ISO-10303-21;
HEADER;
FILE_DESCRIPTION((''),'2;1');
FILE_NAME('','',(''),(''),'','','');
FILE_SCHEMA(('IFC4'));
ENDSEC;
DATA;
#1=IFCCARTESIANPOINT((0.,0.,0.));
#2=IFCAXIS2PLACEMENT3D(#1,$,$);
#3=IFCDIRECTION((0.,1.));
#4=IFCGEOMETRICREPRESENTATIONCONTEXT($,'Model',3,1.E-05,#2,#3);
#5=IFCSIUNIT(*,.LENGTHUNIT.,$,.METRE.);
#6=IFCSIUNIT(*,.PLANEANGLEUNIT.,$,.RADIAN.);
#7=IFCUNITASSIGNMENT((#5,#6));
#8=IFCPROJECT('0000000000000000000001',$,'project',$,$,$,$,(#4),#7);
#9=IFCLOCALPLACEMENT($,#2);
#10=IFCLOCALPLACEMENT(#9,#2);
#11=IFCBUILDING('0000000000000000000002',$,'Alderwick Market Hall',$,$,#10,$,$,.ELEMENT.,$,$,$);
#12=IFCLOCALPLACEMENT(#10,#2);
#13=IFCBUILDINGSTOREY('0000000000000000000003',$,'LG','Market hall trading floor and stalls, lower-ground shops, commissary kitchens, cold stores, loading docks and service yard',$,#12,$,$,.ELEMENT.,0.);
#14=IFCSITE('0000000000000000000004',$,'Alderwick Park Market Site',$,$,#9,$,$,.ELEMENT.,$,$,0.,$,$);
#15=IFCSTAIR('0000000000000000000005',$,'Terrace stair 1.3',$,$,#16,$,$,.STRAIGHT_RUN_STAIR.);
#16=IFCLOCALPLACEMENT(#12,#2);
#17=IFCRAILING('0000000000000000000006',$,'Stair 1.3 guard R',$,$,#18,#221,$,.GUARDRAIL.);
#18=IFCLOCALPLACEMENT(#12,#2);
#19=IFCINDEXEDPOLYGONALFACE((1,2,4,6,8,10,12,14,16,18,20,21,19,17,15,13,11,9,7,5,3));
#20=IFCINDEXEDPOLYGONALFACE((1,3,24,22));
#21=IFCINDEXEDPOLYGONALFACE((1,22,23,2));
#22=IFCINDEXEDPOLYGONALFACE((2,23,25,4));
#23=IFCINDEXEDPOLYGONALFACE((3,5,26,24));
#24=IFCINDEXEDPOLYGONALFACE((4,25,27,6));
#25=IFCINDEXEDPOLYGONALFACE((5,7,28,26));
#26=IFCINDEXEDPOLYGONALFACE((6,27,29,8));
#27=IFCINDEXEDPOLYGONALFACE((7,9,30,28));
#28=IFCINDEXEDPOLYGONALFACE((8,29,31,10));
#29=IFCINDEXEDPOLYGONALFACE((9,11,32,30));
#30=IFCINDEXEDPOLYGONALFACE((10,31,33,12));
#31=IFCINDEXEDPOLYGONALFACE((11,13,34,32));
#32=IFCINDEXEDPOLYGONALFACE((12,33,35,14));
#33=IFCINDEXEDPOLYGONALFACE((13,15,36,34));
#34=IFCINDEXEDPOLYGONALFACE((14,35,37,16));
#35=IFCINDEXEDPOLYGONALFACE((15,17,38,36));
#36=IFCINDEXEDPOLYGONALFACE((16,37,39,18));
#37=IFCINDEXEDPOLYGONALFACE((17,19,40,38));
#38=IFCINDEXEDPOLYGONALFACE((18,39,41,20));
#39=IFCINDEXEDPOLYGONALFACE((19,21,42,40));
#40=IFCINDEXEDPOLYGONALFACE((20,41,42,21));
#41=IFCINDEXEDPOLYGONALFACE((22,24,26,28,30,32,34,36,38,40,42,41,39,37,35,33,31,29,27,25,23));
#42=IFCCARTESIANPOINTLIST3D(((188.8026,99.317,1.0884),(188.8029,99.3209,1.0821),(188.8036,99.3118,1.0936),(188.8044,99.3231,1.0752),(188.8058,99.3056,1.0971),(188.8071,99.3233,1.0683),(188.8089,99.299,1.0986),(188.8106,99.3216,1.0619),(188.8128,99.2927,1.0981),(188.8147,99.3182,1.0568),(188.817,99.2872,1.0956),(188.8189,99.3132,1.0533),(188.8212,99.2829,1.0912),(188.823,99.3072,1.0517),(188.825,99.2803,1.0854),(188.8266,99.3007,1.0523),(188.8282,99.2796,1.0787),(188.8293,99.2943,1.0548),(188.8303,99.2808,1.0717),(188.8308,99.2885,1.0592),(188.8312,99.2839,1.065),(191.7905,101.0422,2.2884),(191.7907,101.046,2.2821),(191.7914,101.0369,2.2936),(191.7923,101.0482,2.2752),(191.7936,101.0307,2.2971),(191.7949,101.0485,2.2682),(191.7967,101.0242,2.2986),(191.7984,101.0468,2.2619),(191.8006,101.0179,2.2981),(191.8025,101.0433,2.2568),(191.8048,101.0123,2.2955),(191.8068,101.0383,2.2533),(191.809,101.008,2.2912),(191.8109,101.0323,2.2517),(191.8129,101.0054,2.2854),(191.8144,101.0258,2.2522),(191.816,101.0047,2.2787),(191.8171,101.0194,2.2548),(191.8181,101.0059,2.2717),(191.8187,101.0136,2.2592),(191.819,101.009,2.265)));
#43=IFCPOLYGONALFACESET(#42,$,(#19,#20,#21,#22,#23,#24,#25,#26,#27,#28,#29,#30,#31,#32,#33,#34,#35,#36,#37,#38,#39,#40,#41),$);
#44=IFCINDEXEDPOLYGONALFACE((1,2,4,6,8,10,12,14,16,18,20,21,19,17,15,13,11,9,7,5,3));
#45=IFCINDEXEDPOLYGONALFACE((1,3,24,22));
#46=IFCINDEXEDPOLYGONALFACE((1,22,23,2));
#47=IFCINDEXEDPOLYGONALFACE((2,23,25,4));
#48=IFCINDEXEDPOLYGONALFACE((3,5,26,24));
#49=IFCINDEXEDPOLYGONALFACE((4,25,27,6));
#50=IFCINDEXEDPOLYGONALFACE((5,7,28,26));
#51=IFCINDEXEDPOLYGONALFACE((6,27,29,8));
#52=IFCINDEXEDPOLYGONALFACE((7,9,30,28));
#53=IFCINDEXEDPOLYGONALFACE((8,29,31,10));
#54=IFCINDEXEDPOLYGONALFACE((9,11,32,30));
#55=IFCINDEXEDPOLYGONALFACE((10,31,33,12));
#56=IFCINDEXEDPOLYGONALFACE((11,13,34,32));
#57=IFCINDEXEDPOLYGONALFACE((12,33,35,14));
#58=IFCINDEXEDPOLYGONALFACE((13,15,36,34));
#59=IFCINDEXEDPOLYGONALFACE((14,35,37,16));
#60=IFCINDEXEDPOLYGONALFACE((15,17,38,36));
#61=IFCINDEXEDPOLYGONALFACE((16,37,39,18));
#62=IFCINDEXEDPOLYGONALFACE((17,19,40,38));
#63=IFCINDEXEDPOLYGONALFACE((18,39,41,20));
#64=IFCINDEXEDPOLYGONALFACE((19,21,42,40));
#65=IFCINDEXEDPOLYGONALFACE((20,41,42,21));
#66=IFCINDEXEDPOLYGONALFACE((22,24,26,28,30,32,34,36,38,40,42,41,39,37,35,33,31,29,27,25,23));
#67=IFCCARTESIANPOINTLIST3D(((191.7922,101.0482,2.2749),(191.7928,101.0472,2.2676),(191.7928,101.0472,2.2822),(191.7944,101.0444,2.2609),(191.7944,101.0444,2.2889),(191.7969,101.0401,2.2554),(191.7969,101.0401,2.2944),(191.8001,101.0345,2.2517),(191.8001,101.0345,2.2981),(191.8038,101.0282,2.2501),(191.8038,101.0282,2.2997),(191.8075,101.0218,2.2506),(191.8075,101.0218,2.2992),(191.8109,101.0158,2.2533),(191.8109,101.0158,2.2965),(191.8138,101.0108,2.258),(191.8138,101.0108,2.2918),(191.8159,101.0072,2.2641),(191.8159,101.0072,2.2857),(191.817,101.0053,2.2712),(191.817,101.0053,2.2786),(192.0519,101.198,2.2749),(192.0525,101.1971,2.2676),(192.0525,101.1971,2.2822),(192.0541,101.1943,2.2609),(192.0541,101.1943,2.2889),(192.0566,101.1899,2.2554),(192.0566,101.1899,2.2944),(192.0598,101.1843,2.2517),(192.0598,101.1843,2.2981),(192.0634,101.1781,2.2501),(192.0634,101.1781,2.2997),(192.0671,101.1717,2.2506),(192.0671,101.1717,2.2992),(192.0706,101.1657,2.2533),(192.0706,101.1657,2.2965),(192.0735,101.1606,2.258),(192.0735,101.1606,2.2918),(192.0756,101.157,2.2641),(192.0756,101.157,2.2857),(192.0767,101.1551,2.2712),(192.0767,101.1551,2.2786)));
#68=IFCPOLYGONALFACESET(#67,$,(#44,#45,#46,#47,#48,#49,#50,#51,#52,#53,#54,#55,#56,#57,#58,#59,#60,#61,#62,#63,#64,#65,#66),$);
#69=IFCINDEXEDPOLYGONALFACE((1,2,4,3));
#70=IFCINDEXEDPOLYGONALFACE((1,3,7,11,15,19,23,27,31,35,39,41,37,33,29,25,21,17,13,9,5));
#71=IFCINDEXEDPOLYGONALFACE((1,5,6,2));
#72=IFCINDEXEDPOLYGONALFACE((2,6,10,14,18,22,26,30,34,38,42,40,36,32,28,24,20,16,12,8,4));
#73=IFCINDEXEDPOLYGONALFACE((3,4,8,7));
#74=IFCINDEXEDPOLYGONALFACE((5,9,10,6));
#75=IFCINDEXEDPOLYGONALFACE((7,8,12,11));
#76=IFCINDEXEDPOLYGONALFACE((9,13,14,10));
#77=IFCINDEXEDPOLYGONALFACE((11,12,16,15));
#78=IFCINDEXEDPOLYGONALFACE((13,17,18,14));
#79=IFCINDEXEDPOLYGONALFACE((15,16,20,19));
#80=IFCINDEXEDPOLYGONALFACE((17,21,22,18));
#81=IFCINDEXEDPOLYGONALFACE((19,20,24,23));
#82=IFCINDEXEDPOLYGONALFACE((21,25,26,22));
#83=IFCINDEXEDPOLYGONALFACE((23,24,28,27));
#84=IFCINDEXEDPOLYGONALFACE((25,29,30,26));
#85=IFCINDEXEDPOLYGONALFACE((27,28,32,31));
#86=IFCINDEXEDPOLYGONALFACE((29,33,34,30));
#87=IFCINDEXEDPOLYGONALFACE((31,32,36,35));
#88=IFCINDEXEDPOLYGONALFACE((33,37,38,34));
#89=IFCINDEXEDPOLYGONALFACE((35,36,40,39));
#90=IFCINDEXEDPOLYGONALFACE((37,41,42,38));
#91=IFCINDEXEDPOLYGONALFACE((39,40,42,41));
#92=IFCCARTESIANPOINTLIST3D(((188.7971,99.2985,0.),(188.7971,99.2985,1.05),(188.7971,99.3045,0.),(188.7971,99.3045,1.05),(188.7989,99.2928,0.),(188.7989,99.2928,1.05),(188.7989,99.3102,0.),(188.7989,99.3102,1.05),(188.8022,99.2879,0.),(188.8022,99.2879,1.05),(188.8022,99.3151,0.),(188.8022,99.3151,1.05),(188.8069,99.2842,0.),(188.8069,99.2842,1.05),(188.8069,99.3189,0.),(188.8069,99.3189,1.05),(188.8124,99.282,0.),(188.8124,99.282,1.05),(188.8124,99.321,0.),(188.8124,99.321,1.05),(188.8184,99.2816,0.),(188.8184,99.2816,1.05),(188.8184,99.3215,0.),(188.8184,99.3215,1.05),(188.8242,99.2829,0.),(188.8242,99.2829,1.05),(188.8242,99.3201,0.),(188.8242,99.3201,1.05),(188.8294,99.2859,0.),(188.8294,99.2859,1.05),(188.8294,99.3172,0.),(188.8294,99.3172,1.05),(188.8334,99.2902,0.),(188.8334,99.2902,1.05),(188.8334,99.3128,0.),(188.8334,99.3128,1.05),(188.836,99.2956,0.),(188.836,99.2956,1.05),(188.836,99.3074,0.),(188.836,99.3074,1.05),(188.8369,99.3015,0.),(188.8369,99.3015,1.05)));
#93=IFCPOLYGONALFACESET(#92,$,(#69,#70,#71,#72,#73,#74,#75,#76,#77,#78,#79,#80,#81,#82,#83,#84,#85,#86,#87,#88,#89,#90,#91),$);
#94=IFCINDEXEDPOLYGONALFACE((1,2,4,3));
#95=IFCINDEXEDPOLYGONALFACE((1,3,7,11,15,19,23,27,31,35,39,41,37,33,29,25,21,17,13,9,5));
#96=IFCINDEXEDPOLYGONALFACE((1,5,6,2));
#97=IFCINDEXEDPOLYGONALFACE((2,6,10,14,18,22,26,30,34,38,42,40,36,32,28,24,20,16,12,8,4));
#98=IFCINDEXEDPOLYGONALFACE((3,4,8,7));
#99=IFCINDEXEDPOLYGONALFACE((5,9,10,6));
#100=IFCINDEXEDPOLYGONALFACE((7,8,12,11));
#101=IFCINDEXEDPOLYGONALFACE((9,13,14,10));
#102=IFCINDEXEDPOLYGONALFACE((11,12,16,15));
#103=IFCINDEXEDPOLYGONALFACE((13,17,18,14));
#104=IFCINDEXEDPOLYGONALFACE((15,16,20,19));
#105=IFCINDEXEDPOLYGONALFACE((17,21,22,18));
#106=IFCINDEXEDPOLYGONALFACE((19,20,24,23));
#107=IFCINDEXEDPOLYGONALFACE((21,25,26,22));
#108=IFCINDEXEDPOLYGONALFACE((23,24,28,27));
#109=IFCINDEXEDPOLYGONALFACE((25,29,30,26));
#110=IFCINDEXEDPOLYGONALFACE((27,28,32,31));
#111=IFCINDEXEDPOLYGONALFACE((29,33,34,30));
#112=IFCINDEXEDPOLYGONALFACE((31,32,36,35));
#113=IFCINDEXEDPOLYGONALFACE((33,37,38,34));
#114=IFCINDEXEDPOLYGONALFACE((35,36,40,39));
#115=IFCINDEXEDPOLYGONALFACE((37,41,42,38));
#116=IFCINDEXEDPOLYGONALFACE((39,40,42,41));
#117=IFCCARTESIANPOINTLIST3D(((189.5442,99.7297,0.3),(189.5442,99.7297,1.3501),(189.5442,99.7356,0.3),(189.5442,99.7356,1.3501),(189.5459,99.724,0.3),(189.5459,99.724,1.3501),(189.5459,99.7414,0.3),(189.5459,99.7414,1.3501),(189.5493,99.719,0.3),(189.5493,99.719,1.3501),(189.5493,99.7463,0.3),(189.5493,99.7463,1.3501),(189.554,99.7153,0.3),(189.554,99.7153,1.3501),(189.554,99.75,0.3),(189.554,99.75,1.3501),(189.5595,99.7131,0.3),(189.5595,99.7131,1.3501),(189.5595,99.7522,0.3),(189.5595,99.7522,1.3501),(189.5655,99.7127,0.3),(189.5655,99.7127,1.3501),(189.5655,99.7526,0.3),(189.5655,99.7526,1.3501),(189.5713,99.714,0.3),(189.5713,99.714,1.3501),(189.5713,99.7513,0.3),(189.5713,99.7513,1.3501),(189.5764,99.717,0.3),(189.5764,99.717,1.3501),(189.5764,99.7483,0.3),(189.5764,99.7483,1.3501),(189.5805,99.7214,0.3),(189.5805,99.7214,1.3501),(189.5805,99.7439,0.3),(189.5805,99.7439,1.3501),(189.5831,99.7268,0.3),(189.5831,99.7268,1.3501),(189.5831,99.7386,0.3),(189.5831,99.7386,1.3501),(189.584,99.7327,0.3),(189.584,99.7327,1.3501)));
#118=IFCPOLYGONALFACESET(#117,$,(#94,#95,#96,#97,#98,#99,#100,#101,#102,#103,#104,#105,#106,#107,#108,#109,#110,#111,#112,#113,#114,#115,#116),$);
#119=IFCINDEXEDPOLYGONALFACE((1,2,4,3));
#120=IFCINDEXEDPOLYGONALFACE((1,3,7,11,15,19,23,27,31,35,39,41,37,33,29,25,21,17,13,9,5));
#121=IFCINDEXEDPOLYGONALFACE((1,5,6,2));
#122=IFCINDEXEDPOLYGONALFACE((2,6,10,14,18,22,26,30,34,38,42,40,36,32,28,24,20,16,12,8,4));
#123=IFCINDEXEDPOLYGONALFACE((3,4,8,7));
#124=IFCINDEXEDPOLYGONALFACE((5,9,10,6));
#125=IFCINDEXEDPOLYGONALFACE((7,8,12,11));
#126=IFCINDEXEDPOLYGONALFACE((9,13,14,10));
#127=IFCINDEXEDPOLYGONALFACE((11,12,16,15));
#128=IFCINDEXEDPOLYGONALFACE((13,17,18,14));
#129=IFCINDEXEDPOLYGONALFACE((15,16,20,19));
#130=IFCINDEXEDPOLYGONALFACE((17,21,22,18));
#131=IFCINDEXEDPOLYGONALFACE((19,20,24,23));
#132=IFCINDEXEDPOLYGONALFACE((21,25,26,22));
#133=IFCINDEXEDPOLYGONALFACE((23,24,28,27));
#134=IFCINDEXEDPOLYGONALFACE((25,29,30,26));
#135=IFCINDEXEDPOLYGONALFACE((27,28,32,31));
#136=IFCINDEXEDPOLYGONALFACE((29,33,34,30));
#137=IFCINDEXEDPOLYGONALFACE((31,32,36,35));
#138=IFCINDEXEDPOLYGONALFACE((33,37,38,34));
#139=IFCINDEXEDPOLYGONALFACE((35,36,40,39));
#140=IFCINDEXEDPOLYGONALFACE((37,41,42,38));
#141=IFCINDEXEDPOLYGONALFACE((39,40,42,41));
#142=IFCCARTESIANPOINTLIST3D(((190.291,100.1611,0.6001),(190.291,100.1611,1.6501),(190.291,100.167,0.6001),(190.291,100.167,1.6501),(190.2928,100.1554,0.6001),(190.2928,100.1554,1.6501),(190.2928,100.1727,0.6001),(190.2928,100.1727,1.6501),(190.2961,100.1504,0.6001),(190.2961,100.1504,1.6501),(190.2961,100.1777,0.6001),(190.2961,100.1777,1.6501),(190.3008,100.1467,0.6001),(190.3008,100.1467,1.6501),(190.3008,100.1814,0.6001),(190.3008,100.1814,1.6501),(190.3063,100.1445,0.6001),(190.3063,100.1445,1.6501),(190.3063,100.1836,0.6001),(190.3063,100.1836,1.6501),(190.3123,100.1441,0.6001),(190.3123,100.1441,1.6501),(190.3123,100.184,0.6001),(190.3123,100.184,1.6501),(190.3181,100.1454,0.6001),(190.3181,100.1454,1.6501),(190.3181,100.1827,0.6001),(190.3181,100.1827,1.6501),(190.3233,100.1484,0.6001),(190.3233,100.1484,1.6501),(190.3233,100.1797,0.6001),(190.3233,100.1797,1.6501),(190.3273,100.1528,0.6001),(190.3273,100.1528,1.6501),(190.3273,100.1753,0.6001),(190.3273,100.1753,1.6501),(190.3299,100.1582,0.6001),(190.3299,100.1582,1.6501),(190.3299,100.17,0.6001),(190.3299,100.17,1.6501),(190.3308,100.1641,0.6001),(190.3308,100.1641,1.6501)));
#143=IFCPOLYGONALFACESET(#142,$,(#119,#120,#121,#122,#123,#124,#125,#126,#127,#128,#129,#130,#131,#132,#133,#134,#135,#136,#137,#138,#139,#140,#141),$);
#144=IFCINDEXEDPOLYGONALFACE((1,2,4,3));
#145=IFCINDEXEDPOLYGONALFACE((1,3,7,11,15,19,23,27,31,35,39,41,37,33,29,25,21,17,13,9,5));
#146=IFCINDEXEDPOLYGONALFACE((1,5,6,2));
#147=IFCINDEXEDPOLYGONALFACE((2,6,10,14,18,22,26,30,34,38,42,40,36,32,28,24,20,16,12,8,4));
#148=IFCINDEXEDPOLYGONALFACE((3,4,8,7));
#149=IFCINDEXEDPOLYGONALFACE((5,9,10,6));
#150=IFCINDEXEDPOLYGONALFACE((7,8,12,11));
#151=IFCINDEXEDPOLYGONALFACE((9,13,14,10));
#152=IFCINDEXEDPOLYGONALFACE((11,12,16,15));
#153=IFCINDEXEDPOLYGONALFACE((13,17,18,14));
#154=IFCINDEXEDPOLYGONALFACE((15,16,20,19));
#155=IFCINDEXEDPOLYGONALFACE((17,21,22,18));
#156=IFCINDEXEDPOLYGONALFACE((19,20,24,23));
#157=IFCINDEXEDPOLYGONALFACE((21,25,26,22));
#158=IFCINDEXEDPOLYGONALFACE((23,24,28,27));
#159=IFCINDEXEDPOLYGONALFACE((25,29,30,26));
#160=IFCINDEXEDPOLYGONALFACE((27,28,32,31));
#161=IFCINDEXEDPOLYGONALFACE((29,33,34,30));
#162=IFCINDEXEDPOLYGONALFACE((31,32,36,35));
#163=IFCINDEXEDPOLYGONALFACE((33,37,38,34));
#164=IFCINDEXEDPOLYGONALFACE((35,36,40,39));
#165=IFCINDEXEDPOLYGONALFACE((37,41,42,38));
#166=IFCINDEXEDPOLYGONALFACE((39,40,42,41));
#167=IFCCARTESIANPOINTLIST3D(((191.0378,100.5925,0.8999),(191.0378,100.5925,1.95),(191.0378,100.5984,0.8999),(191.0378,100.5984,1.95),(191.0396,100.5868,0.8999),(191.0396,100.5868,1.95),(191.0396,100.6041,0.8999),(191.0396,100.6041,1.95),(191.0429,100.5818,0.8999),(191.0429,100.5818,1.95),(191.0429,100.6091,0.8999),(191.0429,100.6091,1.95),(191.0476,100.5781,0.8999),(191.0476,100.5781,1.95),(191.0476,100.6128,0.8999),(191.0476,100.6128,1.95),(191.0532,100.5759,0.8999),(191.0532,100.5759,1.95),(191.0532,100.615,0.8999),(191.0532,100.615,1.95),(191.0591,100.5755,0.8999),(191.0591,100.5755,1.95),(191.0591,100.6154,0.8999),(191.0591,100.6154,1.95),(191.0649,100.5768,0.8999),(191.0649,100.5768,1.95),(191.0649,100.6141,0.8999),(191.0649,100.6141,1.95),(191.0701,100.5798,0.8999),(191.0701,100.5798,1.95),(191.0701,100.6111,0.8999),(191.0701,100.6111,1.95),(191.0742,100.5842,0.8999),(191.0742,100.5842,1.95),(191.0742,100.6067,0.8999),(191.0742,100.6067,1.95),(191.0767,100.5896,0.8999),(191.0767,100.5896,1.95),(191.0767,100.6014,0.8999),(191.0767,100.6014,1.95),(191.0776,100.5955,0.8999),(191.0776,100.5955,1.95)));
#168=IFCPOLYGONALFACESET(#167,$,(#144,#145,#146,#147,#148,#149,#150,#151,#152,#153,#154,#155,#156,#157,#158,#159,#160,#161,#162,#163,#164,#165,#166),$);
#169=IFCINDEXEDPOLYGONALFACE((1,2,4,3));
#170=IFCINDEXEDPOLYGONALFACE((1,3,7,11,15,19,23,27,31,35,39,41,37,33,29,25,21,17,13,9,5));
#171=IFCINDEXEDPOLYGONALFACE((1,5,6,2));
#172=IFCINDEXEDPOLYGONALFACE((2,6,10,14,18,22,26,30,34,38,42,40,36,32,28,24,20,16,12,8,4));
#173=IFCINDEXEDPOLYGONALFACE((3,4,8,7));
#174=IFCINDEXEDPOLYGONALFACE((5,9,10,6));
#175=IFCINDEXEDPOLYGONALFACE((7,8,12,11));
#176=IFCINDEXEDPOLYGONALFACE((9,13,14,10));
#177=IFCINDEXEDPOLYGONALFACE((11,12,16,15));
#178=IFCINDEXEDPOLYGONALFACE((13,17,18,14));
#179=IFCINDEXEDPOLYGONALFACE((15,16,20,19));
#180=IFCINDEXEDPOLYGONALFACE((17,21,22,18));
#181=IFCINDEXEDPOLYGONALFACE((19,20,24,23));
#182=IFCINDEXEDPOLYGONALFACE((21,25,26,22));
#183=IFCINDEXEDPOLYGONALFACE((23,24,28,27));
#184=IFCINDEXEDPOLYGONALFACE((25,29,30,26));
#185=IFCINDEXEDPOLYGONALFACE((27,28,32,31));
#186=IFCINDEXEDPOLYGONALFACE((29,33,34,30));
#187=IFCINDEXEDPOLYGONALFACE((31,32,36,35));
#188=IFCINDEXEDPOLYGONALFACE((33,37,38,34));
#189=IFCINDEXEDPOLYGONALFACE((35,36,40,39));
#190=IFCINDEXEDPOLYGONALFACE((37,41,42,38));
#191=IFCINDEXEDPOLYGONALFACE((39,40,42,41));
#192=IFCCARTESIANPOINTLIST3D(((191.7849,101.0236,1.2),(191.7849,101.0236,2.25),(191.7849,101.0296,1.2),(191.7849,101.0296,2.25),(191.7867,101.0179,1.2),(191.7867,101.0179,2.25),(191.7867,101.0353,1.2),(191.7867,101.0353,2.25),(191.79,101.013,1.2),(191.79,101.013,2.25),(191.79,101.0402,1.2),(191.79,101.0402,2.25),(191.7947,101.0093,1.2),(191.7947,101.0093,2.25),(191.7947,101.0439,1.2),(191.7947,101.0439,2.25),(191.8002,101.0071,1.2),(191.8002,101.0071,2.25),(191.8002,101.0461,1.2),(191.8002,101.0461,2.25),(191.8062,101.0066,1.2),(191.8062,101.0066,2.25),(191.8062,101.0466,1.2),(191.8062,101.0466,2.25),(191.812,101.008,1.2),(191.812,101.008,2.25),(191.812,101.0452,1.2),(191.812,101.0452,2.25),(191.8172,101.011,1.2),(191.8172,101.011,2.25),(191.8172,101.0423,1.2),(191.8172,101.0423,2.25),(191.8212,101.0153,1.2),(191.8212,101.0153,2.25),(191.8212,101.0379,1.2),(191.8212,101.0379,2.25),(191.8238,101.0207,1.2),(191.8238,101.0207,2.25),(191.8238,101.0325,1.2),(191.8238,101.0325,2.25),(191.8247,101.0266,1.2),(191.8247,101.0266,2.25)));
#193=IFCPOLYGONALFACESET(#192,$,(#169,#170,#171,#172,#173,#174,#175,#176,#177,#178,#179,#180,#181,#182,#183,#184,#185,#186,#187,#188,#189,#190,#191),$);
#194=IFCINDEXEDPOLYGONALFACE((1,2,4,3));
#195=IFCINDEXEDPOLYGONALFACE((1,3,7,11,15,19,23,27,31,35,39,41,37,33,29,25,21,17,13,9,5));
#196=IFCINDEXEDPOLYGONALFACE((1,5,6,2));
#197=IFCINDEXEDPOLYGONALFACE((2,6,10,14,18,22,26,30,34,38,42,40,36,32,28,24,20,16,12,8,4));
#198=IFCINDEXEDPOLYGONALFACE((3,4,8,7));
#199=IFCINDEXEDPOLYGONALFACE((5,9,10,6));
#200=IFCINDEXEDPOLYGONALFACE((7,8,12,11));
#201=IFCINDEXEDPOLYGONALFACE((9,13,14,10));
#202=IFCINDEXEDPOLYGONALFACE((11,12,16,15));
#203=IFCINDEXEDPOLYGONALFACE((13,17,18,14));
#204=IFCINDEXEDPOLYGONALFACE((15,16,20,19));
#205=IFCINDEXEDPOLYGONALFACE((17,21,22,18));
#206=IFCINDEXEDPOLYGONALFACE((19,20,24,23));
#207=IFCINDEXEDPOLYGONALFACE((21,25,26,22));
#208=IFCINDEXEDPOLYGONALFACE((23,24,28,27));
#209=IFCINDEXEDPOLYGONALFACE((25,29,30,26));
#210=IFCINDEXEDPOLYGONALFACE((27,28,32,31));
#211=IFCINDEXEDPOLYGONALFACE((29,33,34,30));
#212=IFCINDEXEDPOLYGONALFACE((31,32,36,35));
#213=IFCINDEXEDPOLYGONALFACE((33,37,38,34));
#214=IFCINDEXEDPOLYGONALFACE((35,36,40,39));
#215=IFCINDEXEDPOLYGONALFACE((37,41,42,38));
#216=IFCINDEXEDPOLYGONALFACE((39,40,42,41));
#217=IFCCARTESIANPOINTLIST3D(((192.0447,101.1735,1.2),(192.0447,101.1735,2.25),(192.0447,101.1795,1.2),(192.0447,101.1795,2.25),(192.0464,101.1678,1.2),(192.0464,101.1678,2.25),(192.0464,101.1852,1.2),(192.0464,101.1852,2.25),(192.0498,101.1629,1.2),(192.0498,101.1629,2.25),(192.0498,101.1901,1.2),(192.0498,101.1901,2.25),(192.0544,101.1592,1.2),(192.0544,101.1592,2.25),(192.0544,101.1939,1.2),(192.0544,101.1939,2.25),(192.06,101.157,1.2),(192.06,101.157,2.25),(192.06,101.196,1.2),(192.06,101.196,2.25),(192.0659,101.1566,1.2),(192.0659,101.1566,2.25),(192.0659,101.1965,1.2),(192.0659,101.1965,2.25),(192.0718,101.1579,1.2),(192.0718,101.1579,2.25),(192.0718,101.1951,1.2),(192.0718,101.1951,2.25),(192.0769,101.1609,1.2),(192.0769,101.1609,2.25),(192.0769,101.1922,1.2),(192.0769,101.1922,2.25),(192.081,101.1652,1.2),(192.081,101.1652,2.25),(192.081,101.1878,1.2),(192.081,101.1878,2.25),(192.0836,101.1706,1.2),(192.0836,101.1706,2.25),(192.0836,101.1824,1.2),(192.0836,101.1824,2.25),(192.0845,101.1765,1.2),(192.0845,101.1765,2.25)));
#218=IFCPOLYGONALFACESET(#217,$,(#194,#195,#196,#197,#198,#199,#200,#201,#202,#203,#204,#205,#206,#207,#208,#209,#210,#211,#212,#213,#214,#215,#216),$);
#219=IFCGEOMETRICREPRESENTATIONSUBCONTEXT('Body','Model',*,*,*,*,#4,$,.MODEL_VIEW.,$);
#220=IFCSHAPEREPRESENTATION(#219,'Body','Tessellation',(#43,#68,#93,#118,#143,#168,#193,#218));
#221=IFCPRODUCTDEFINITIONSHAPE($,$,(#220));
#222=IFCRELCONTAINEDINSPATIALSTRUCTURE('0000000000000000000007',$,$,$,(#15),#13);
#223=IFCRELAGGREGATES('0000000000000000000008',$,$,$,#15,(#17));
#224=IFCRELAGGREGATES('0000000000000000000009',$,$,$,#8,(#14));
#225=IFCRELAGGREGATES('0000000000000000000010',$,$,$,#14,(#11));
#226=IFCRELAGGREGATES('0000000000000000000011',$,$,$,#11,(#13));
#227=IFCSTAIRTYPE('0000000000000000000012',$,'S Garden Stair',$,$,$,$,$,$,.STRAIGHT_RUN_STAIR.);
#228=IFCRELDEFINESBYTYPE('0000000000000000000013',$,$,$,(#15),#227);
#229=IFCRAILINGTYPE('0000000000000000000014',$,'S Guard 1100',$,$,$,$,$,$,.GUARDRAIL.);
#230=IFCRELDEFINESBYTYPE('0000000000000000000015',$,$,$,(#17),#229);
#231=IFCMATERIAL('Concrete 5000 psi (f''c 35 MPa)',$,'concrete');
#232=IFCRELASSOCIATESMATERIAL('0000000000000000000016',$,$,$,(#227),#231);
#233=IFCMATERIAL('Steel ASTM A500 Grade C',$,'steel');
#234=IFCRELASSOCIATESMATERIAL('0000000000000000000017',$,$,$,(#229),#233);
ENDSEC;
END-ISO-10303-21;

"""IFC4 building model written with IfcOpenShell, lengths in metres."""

from ifc_helpers import new_model, si_unit, direction, frame, origin, origin_2d, place, context, subcontext, project, spatial, circle, extrude, material, type_object, element, aggregate, save


model = new_model("IFC4")

# Units and contexts
model_context = context("Model", 3, precision=1e-05, world=origin(), true_north=direction((0.0, 1.0)))
body_context = subcontext(model_context, "Body", "Model", "MODEL_VIEW")
ifc_project = project(units=[si_unit("LENGTHUNIT", "METRE"), si_unit("PLANEANGLEUNIT", "RADIAN")], contexts=[model_context])

# Site, building, storey
site_placement = place(None, origin())
site = spatial("IfcSite", under=ifc_project, at=site_placement, Name="Alderwick Park Market Site", CompositionType="ELEMENT", RefElevation=0.0)
building_placement = place(site_placement, origin())
building = spatial("IfcBuilding", under=site, at=building_placement, Name="Alderwick Market Hall", CompositionType="ELEMENT")
storey_placement = place(building_placement, origin())
storey = spatial("IfcBuildingStorey", under=building, at=storey_placement, Name="LG", Description="Market hall trading floor and stalls, lower-ground shops, commissary kitchens, cold stores, loading docks and service yard", CompositionType="ELEMENT", Elevation=0.0)

# Shared definitions
ifc_material_1 = material(Name="Concrete 5000 psi (f'c 35 MPa)", Category="concrete")

# Stair
stair_type = type_object("IfcStairType", Name="S Garden Stair", PredefinedType="STRAIGHT_RUN_STAIR", material=ifc_material_1)
stair_1_placement = place(storey_placement, origin())
stair_1 = element("IfcStair", 1, at=stair_1_placement, inside=storey, type_object=stair_type, Name="Terrace stair 1.3", PredefinedType="STRAIGHT_RUN_STAIR")

# Shared definitions
ifc_material_2 = material(Name="Steel ASTM A500 Grade C", Category="steel")
railing_type_1 = type_object("IfcRailingType", Name="S Guard 1100", PredefinedType="GUARDRAIL", material=ifc_material_2)

# Railing
railing_1_placement = place(storey_placement, frame((188.8169, 99.3015, 0.0)))
railing_1 = element("IfcRailing", 2, at=railing_1_placement, type_object=railing_type_1, Name="Stair 1.3 guard R", PredefinedType="GUARDRAIL", context=body_context, shape_type="SweptSolid", body=[
    extrude(circle(Radius=0.0249, at=origin_2d()), frame((0.0, 0.0, 1.0752), z_axis=(0.817952, 0.472271, 0.328504), x_axis=(-0.500021, 0.866014, 0.0)), (0.0, 0.0, 1.0), 3.6528),
    extrude(circle(Radius=0.0249, at=origin_2d()), frame((2.9878, 1.7251, 2.2749), z_axis=(0.866131, 0.499816, 0.0), x_axis=(-0.499816, 0.866131, 0.0)), (0.0, 0.0, 1.0), 0.2998),
    extrude(circle(Radius=0.02, at=origin_2d()), origin(), (0.0, 0.0, 1.0), 1.05),
    extrude(circle(Radius=0.02, at=origin_2d()), frame((0.7471, 0.4312, 0.3)), (0.0, 0.0, 1.0), 1.05),
    extrude(circle(Radius=0.02, at=origin_2d()), frame((1.4939, 0.8625, 0.6001)), (0.0, 0.0, 1.0), 1.05),
    extrude(circle(Radius=0.02, at=origin_2d()), frame((2.2407, 1.2939, 0.8999)), (0.0, 0.0, 1.0), 1.05),
    extrude(circle(Radius=0.02, at=origin_2d()), frame((2.9878, 1.7251, 1.2)), (0.0, 0.0, 1.0), 1.05),
    extrude(circle(Radius=0.02, at=origin_2d()), frame((3.2476, 1.875, 1.2)), (0.0, 0.0, 1.0), 1.05),
])
aggregate(stair_1, [railing_1])

save(model, "model.ifc")
